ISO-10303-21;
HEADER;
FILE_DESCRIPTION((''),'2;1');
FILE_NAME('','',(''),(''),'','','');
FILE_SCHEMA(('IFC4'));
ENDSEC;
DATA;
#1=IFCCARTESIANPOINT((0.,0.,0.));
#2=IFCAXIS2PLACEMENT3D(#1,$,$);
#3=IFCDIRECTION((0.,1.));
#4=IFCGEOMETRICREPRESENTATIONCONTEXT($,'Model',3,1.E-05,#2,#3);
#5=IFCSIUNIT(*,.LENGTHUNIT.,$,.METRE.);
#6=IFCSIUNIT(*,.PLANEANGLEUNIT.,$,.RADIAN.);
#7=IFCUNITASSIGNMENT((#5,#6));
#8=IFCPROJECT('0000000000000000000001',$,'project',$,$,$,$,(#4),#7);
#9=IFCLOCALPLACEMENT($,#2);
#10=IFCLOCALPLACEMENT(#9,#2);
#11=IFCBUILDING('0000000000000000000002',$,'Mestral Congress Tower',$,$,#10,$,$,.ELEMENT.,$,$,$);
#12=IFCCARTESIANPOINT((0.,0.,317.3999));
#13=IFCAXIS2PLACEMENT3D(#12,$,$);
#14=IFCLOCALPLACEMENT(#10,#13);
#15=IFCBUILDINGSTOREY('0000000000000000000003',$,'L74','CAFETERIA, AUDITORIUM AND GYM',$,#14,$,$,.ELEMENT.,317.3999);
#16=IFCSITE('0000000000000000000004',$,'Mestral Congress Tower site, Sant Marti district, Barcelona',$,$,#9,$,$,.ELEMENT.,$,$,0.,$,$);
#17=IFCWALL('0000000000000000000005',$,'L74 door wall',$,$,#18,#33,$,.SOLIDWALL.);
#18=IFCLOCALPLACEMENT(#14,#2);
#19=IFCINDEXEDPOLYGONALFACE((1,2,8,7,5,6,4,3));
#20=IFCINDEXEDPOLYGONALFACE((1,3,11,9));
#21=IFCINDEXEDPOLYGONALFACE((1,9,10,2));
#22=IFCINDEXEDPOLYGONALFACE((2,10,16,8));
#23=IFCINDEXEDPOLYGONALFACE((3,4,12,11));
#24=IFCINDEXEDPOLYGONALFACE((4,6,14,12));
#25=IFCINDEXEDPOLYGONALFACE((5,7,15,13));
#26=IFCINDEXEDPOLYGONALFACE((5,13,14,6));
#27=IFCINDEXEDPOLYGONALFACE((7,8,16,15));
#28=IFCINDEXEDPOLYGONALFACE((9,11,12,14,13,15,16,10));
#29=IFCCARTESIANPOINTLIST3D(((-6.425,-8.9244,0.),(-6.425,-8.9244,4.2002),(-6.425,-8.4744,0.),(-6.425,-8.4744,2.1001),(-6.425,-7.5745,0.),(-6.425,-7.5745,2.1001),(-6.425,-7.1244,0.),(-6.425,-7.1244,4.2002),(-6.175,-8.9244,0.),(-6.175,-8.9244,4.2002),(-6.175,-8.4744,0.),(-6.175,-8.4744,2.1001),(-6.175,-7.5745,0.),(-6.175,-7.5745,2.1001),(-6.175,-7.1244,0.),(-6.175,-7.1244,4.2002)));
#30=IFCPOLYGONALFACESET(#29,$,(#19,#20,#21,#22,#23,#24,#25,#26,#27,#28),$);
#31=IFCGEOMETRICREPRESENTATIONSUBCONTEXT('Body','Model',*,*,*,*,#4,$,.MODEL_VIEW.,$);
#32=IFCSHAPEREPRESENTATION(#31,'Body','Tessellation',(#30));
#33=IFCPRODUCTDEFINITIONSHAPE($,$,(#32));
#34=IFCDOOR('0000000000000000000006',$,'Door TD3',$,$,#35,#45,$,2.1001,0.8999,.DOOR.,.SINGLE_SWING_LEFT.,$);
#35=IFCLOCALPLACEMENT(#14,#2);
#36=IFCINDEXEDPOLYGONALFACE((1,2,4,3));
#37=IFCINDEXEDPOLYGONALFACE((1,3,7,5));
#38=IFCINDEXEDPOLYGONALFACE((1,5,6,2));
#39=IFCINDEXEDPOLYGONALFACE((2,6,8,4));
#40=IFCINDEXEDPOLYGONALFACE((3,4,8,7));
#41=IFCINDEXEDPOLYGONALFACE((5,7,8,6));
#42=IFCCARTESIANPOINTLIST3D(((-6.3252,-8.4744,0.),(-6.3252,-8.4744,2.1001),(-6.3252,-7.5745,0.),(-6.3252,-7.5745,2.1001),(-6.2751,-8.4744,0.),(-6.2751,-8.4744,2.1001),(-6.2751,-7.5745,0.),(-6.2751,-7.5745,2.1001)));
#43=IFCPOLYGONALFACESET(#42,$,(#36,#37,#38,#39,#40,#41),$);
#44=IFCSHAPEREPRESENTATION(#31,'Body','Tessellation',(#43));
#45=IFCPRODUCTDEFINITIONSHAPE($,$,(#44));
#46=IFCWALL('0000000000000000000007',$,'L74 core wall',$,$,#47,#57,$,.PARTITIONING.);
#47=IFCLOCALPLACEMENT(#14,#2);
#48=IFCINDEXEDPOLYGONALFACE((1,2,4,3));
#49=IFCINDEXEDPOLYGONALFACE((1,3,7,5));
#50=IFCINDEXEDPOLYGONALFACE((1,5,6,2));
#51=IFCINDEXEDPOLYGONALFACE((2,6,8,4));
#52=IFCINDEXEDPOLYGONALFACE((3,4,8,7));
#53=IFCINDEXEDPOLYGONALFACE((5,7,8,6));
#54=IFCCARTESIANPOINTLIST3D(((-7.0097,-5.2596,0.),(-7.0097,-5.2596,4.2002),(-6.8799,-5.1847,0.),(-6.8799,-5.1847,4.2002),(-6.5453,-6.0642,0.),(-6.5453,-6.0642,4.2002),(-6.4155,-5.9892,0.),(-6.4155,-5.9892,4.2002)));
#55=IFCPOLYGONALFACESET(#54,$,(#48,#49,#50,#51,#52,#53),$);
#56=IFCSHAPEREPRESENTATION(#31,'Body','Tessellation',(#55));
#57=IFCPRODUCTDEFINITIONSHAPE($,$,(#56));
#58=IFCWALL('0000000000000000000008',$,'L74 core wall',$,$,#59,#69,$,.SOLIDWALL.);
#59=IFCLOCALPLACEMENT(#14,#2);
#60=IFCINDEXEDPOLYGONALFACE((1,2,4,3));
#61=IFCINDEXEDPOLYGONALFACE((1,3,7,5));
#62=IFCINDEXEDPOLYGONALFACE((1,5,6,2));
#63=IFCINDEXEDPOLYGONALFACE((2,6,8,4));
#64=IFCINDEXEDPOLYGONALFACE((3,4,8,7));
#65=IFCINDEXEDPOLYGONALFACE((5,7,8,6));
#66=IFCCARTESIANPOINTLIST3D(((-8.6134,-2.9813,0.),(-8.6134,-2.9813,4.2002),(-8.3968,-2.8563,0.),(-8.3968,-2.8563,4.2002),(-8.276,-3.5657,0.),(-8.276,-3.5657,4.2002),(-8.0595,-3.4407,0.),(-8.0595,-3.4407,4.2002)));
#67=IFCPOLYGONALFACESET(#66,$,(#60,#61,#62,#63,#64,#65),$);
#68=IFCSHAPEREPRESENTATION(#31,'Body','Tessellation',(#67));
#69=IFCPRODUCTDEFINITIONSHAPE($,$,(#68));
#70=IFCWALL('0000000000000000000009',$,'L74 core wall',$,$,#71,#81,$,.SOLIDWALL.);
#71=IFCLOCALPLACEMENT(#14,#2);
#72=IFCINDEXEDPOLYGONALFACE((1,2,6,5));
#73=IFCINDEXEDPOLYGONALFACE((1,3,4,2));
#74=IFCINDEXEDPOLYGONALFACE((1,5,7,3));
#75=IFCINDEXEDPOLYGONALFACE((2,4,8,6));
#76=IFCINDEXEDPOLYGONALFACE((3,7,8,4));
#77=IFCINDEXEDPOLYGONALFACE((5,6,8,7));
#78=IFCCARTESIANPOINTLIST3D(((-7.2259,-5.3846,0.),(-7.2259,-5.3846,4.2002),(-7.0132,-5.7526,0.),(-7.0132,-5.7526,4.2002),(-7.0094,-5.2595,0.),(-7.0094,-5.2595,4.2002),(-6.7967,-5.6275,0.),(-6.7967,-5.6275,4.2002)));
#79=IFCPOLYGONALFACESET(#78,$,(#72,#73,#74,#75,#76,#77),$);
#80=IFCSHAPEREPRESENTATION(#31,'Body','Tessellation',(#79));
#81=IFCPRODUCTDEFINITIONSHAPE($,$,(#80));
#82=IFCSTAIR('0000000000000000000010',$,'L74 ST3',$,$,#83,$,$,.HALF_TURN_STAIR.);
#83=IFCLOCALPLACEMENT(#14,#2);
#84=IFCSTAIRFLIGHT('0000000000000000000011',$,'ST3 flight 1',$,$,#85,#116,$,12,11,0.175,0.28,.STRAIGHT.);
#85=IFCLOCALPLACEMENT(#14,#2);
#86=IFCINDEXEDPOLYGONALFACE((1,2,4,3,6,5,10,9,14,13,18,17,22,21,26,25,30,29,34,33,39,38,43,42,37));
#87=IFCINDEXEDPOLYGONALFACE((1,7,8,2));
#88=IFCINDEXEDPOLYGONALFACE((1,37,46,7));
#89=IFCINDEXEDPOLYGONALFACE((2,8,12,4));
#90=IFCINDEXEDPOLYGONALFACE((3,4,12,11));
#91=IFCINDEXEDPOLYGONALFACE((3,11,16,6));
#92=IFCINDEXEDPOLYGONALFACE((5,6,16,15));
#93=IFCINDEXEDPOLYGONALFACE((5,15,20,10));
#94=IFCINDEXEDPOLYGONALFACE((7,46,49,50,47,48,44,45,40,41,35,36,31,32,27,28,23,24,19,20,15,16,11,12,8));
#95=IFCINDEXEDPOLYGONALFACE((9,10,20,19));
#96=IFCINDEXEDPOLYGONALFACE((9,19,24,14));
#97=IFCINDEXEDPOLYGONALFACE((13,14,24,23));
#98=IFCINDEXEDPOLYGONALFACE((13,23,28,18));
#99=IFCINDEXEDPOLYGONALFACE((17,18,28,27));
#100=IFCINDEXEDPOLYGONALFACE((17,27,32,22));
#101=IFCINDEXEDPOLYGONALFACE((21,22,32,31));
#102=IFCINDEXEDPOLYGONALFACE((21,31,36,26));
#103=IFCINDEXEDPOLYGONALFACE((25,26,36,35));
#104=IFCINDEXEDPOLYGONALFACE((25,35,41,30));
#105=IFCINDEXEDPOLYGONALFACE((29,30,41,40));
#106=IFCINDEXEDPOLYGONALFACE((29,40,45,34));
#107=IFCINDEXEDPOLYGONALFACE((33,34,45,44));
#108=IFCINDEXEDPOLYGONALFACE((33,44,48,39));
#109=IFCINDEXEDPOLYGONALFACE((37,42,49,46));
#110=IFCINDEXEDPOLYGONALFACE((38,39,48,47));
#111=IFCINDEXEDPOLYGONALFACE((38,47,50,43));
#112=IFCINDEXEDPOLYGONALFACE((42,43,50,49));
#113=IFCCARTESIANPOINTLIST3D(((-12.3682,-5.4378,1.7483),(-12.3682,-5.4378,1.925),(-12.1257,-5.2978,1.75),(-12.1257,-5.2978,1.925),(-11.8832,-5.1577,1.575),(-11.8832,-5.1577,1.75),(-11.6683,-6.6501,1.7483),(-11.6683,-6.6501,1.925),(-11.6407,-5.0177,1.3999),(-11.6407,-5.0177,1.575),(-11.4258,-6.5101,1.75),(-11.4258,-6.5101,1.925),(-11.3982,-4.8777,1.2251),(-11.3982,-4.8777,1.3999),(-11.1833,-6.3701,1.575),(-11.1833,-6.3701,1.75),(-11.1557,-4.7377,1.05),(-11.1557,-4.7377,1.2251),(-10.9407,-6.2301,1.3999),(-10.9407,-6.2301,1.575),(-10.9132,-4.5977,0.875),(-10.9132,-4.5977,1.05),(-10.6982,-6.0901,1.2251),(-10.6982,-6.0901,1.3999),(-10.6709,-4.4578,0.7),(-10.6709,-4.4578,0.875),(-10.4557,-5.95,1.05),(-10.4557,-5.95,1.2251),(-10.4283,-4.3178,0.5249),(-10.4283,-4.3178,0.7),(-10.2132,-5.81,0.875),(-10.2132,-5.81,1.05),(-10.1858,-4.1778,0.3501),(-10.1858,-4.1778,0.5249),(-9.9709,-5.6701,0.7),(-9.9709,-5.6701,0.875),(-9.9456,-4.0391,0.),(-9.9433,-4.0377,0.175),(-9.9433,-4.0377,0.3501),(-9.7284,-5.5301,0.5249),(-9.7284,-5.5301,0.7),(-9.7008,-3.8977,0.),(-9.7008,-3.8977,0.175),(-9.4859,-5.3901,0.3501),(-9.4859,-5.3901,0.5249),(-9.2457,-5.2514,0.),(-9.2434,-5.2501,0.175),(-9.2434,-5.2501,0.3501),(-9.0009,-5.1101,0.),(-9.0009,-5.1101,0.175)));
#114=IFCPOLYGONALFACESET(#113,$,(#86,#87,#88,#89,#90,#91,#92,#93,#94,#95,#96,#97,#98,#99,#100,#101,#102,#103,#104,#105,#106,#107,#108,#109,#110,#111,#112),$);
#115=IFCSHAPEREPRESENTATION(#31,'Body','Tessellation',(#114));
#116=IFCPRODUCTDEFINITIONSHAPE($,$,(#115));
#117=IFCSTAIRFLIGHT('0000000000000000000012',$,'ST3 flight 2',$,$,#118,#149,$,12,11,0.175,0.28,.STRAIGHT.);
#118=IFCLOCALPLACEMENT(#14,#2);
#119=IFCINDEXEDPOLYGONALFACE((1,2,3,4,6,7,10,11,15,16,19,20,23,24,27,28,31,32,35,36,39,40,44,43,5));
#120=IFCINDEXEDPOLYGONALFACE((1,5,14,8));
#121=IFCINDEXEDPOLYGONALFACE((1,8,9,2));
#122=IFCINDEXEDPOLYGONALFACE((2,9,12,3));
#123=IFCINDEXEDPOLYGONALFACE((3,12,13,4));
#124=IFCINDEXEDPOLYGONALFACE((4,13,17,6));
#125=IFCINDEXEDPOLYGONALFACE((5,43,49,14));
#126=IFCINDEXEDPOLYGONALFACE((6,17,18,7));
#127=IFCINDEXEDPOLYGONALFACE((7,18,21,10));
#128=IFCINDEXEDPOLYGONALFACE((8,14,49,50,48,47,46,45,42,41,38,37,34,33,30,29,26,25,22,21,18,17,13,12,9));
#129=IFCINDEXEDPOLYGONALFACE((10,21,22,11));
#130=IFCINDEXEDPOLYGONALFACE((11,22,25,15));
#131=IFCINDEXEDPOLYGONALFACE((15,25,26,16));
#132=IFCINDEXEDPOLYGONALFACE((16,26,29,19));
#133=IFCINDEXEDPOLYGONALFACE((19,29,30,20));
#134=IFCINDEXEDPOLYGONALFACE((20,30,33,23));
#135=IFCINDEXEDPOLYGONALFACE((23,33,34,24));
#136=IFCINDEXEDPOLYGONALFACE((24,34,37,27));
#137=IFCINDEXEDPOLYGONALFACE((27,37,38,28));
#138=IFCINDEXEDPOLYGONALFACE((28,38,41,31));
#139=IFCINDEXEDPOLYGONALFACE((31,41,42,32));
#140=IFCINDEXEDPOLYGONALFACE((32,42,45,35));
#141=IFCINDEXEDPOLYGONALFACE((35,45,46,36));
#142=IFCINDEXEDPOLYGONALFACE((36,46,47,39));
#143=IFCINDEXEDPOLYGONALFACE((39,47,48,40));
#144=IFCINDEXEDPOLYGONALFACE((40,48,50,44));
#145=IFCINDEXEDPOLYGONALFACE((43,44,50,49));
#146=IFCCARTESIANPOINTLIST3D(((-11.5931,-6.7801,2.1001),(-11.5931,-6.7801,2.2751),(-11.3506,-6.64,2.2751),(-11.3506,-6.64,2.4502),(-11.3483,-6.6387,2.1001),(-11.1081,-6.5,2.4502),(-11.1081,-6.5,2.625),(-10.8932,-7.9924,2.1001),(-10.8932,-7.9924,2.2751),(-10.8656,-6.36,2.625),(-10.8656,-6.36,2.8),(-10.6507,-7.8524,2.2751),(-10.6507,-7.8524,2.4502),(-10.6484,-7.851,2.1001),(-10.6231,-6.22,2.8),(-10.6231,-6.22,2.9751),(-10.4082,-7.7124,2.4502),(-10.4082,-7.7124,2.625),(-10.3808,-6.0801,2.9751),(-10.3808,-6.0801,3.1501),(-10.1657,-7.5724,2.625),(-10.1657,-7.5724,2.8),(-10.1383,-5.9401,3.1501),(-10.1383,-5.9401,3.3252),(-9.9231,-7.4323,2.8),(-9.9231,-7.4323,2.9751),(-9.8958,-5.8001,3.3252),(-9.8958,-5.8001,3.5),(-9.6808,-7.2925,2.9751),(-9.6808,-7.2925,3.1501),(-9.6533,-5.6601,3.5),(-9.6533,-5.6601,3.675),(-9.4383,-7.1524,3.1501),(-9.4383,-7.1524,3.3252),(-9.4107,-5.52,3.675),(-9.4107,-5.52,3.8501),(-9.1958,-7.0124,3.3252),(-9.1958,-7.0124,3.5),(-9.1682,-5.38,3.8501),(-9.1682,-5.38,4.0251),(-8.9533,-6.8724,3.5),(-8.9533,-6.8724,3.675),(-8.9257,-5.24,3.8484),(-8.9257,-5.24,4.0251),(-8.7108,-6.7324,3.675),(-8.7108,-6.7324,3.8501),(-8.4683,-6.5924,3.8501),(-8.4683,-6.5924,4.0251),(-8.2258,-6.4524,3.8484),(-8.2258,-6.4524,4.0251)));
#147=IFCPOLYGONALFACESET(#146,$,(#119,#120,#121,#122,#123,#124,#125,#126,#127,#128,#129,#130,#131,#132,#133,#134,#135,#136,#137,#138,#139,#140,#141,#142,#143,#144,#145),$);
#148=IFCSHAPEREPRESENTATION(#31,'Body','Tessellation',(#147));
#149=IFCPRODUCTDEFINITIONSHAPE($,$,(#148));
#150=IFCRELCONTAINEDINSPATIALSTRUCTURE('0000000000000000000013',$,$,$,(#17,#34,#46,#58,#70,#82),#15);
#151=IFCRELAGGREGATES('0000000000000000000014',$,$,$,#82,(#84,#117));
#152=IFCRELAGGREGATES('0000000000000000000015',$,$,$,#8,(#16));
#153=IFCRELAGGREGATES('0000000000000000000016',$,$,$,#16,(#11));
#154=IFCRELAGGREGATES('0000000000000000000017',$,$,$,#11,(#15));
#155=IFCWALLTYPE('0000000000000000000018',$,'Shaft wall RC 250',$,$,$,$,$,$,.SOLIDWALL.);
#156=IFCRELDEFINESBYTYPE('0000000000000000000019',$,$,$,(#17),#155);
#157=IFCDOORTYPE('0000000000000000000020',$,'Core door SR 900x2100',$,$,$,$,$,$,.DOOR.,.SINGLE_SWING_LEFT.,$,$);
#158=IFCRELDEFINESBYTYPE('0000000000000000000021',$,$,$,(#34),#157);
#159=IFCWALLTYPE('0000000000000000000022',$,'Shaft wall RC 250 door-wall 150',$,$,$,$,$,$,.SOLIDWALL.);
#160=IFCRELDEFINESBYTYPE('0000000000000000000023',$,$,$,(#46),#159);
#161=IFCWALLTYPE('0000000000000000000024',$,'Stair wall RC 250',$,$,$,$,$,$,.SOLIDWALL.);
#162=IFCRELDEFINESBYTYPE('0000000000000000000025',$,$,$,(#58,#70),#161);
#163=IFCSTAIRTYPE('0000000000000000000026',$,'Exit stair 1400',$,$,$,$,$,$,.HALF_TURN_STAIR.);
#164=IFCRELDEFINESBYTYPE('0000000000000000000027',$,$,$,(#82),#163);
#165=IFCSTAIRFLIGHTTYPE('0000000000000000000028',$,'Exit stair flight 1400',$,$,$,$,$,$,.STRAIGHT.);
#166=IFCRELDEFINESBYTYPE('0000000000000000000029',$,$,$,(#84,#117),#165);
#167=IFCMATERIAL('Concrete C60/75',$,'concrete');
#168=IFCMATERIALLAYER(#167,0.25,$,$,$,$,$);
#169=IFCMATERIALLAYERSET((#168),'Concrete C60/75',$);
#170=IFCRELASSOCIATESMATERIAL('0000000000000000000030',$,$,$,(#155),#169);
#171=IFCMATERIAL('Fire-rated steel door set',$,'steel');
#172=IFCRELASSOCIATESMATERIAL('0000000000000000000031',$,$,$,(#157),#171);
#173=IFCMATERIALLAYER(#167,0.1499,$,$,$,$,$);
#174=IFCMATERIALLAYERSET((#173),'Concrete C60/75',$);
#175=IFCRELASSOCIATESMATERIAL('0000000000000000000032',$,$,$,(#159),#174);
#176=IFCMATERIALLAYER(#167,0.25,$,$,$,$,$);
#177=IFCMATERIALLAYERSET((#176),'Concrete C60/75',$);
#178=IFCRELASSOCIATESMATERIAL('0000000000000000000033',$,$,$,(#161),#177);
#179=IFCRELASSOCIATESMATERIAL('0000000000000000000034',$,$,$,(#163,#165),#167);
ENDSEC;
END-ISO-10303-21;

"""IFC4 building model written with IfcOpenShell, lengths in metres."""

from ifc_helpers import new_model, si_unit, direction, frame, frame_2d, origin, place, context, subcontext, project, spatial, polyline, rectangle, outline, extrude, material, layer, layer_set, type_object, element, fill, aggregate, save


model = new_model("IFC4")

# Units and contexts
model_context = context("Model", 3, precision=1e-05, world=origin(), true_north=direction((0.0, 1.0)))
body_context = subcontext(model_context, "Body", "Model", "MODEL_VIEW")
ifc_project = project(units=[si_unit("LENGTHUNIT", "METRE"), si_unit("PLANEANGLEUNIT", "RADIAN")], contexts=[model_context])

# Site, building, storey
site_placement = place(None, origin())
site = spatial("IfcSite", under=ifc_project, at=site_placement, Name="Mestral Congress Tower site, Sant Marti district, Barcelona", CompositionType="ELEMENT", RefElevation=0.0)
building_placement = place(site_placement, origin())
building = spatial("IfcBuilding", under=site, at=building_placement, Name="Mestral Congress Tower", CompositionType="ELEMENT")
storey_placement = place(building_placement, frame((0.0, 0.0, 317.3999)))
storey = spatial("IfcBuildingStorey", under=building, at=storey_placement, Name="L74", Description="CAFETERIA, AUDITORIUM AND GYM", CompositionType="ELEMENT", Elevation=317.3999)

# Shared definitions
ifc_material_1 = material(Name="Fire-rated steel door set", Category="steel")

# Shared definitions
ifc_material_2 = material(Name="Concrete C60/75", Category="concrete")
ifc_layer_1 = layer(ifc_material_2, 0.25)
ifc_layer_set_1 = layer_set([ifc_layer_1], Name="Concrete C60/75")
wall_type_1 = type_object("IfcWallType", Name="Shaft wall RC 250", PredefinedType="SOLIDWALL", material=ifc_layer_set_1)

# Shared definitions
door_type_1 = type_object("IfcDoorType", Name="Core door SR 900x2100", OperationType="SINGLE_SWING_LEFT", PredefinedType="DOOR", material=ifc_material_1)

# Wall, opening, door
wall_1_placement = place(storey_placement, frame((-6.3, -7.1245, 0.0), z_axis=(0.0, 0.0, 1.0), x_axis=(0.0, -1.0, 0.0)))
wall_1 = element("IfcWall", 1, at=wall_1_placement, inside=storey, type_object=wall_type_1, Name="L74 door wall", PredefinedType="SOLIDWALL", context=body_context, shape_type="SweptSolid", body=[
    extrude(rectangle(XDim=1.8, YDim=0.25, at=frame_2d((0.8999, 0.0))), origin(), (0.0, 0.0, 1.0), 4.2002),
])
opening_1_placement = place(wall_1_placement, frame((0.45, 0.0, 0.0)))
opening_1 = element("IfcOpeningElement", 2, at=opening_1_placement, cuts=wall_1, PredefinedType="OPENING", context=body_context, shape_type="SweptSolid", body=[
    extrude(rectangle(XDim=0.8999, YDim=2.1001, at=frame_2d((0.45, 1.05))), frame((0.0, 0.135, 0.0), z_axis=(0.0, -1.0, 0.0), x_axis=(1.0, 0.0, 0.0)), (0.0, 0.0, 1.0), 0.27),
])
door_1_placement = place(opening_1_placement, origin())
door_1 = element("IfcDoor", 3, at=door_1_placement, inside=storey, type_object=door_type_1, Name="Door TD3", OperationType="SINGLE_SWING_LEFT", OverallHeight=2.1001, OverallWidth=0.8999, PredefinedType="DOOR", context=body_context, shape_type="SweptSolid", body=[
    extrude(rectangle(XDim=0.8999, YDim=2.1001, at=frame_2d((0.45, 1.05))), frame((0.0, 0.0249, 0.0), z_axis=(0.0, -1.0, 0.0), x_axis=(1.0, 0.0, 0.0)), (0.0, 0.0, 1.0), 0.05),
])
fill(opening_1, door_1)

# Walls
ifc_layer_2 = layer(ifc_material_2, 0.1499)
ifc_layer_set_2 = layer_set([ifc_layer_2], Name="Concrete C60/75")
wall_type_2 = type_object("IfcWallType", Name="Shaft wall RC 250 door-wall 150", PredefinedType="SOLIDWALL", material=ifc_layer_set_2)
wall_2_placement = place(storey_placement, frame((-6.4805, -6.0266, 0.0), z_axis=(0.0, 0.0, 1.0), x_axis=(-0.499927, 0.866067, 0.0)))
element("IfcWall", 4, at=wall_2_placement, inside=storey, type_object=wall_type_2, Name="L74 core wall", PredefinedType="PARTITIONING", context=body_context, shape_type="SweptSolid", body=[
    extrude(rectangle(XDim=0.929, YDim=0.1499, at=frame_2d((0.4644, 0.0))), origin(), (0.0, 0.0, 1.0), 4.2002),
])
ifc_layer_3 = layer(ifc_material_2, 0.25)
ifc_layer_set_3 = layer_set([ifc_layer_3], Name="Concrete C60/75")
wall_type_3 = type_object("IfcWallType", Name="Stair wall RC 250", PredefinedType="SOLIDWALL", material=ifc_layer_set_3)
wall_3_placement = place(storey_placement, frame((-8.1677, -3.5032, 0.0), z_axis=(0.0, 0.0, 1.0), x_axis=(-0.499952, 0.866053, 0.0)))
element("IfcWall", 5, at=wall_3_placement, inside=storey, type_object=wall_type_3, Name="L74 core wall", PredefinedType="SOLIDWALL", context=body_context, shape_type="SweptSolid", body=[
    extrude(rectangle(XDim=0.6748, YDim=0.25, at=frame_2d((0.3374, 0.0))), origin(), (0.0, 0.0, 1.0), 4.2002),
])
wall_4_placement = place(storey_placement, frame((-6.905, -5.6899, 0.0), z_axis=(0.0, 0.0, 1.0), x_axis=(-0.500402, 0.865793, 0.0)))
element("IfcWall", 6, at=wall_4_placement, inside=storey, type_object=wall_type_3, Name="L74 core wall", PredefinedType="SOLIDWALL", context=body_context, shape_type="SweptSolid", body=[
    extrude(rectangle(XDim=0.425, YDim=0.25, at=frame_2d((0.2124, 0.0))), origin(), (0.0, 0.0, 1.0), 4.2002),
])

# Stair, stair flights
stair_type = type_object("IfcStairType", Name="Exit stair 1400", PredefinedType="HALF_TURN_STAIR", material=ifc_material_2)
stair_placement = place(storey_placement, origin())
stair = element("IfcStair", 7, at=stair_placement, inside=storey, type_object=stair_type, Name="L74 ST3", PredefinedType="HALF_TURN_STAIR")
stair_flight_type = type_object("IfcStairFlightType", Name="Exit stair flight 1400", PredefinedType="STRAIGHT", material=ifc_material_2)
stair_flight_1_placement = place(storey_placement, frame((-9.3508, -4.5039, 0.0), z_axis=(0.0, 0.0, 1.0), x_axis=(-0.866025, -0.5, 0.0)))
stair_flight_1 = element("IfcStairFlight", 8, at=stair_flight_1_placement, type_object=stair_flight_type, Name="ST3 flight 1", NumberOfRisers=12, NumberOfTreads=11, PredefinedType="STRAIGHT", RiserHeight=0.175, TreadLength=0.28, context=body_context, shape_type="SweptSolid", body=[
    extrude(outline(polyline([(0.0, 0.0), (0.0, 0.175), (0.28, 0.175), (0.28, 0.3501), (0.5601, 0.3501), (0.5601, 0.5249), (0.8401, 0.5249), (0.8401, 0.7), (1.1201, 0.7), (1.1201, 0.875), (1.3999, 0.875), (1.3999, 1.05), (1.6799, 1.05), (1.6799, 1.2251), (1.96, 1.2251), (1.96, 1.3999), (2.24, 1.3999), (2.24, 1.575), (2.52, 1.575), (2.52, 1.75), (2.8, 1.75), (2.8, 1.925), (3.0801, 1.925), (3.0801, 2.1001), (3.0801, 1.7483), (0.2827, 0.0), (0.0, 0.0)])), frame((0.0, 0.7, 0.0), z_axis=(0.0, -1.0, 0.0), x_axis=(1.0, 0.0, 0.0)), (0.0, 0.0, 1.0), 1.3999),
])
stair_flight_2_placement = place(storey_placement, frame((-11.2432, -7.3862, 2.1001), z_axis=(0.0, 0.0, 1.0), x_axis=(0.866025, 0.5, 0.0)))
stair_flight_2 = element("IfcStairFlight", 9, at=stair_flight_2_placement, type_object=stair_flight_type, Name="ST3 flight 2", NumberOfRisers=12, NumberOfTreads=11, PredefinedType="STRAIGHT", RiserHeight=0.175, TreadLength=0.28, context=body_context, shape_type="SweptSolid", body=[
    extrude(outline(polyline([(0.0, 0.0), (0.0, 0.175), (0.28, 0.175), (0.28, 0.3501), (0.5601, 0.3501), (0.5601, 0.5249), (0.8401, 0.5249), (0.8401, 0.7), (1.1201, 0.7), (1.1201, 0.875), (1.3999, 0.875), (1.3999, 1.05), (1.6799, 1.05), (1.6799, 1.2251), (1.96, 1.2251), (1.96, 1.3999), (2.24, 1.3999), (2.24, 1.575), (2.52, 1.575), (2.52, 1.75), (2.8, 1.75), (2.8, 1.925), (3.0801, 1.925), (3.0801, 2.1001), (3.0801, 1.7483), (0.2827, 0.0), (0.0, 0.0)])), frame((0.0, 0.7, 0.0), z_axis=(0.0, -1.0, 0.0), x_axis=(1.0, 0.0, 0.0)), (0.0, 0.0, 1.0), 1.3999),
])
aggregate(stair, [stair_flight_1, stair_flight_2])

save(model, "model.ifc")
